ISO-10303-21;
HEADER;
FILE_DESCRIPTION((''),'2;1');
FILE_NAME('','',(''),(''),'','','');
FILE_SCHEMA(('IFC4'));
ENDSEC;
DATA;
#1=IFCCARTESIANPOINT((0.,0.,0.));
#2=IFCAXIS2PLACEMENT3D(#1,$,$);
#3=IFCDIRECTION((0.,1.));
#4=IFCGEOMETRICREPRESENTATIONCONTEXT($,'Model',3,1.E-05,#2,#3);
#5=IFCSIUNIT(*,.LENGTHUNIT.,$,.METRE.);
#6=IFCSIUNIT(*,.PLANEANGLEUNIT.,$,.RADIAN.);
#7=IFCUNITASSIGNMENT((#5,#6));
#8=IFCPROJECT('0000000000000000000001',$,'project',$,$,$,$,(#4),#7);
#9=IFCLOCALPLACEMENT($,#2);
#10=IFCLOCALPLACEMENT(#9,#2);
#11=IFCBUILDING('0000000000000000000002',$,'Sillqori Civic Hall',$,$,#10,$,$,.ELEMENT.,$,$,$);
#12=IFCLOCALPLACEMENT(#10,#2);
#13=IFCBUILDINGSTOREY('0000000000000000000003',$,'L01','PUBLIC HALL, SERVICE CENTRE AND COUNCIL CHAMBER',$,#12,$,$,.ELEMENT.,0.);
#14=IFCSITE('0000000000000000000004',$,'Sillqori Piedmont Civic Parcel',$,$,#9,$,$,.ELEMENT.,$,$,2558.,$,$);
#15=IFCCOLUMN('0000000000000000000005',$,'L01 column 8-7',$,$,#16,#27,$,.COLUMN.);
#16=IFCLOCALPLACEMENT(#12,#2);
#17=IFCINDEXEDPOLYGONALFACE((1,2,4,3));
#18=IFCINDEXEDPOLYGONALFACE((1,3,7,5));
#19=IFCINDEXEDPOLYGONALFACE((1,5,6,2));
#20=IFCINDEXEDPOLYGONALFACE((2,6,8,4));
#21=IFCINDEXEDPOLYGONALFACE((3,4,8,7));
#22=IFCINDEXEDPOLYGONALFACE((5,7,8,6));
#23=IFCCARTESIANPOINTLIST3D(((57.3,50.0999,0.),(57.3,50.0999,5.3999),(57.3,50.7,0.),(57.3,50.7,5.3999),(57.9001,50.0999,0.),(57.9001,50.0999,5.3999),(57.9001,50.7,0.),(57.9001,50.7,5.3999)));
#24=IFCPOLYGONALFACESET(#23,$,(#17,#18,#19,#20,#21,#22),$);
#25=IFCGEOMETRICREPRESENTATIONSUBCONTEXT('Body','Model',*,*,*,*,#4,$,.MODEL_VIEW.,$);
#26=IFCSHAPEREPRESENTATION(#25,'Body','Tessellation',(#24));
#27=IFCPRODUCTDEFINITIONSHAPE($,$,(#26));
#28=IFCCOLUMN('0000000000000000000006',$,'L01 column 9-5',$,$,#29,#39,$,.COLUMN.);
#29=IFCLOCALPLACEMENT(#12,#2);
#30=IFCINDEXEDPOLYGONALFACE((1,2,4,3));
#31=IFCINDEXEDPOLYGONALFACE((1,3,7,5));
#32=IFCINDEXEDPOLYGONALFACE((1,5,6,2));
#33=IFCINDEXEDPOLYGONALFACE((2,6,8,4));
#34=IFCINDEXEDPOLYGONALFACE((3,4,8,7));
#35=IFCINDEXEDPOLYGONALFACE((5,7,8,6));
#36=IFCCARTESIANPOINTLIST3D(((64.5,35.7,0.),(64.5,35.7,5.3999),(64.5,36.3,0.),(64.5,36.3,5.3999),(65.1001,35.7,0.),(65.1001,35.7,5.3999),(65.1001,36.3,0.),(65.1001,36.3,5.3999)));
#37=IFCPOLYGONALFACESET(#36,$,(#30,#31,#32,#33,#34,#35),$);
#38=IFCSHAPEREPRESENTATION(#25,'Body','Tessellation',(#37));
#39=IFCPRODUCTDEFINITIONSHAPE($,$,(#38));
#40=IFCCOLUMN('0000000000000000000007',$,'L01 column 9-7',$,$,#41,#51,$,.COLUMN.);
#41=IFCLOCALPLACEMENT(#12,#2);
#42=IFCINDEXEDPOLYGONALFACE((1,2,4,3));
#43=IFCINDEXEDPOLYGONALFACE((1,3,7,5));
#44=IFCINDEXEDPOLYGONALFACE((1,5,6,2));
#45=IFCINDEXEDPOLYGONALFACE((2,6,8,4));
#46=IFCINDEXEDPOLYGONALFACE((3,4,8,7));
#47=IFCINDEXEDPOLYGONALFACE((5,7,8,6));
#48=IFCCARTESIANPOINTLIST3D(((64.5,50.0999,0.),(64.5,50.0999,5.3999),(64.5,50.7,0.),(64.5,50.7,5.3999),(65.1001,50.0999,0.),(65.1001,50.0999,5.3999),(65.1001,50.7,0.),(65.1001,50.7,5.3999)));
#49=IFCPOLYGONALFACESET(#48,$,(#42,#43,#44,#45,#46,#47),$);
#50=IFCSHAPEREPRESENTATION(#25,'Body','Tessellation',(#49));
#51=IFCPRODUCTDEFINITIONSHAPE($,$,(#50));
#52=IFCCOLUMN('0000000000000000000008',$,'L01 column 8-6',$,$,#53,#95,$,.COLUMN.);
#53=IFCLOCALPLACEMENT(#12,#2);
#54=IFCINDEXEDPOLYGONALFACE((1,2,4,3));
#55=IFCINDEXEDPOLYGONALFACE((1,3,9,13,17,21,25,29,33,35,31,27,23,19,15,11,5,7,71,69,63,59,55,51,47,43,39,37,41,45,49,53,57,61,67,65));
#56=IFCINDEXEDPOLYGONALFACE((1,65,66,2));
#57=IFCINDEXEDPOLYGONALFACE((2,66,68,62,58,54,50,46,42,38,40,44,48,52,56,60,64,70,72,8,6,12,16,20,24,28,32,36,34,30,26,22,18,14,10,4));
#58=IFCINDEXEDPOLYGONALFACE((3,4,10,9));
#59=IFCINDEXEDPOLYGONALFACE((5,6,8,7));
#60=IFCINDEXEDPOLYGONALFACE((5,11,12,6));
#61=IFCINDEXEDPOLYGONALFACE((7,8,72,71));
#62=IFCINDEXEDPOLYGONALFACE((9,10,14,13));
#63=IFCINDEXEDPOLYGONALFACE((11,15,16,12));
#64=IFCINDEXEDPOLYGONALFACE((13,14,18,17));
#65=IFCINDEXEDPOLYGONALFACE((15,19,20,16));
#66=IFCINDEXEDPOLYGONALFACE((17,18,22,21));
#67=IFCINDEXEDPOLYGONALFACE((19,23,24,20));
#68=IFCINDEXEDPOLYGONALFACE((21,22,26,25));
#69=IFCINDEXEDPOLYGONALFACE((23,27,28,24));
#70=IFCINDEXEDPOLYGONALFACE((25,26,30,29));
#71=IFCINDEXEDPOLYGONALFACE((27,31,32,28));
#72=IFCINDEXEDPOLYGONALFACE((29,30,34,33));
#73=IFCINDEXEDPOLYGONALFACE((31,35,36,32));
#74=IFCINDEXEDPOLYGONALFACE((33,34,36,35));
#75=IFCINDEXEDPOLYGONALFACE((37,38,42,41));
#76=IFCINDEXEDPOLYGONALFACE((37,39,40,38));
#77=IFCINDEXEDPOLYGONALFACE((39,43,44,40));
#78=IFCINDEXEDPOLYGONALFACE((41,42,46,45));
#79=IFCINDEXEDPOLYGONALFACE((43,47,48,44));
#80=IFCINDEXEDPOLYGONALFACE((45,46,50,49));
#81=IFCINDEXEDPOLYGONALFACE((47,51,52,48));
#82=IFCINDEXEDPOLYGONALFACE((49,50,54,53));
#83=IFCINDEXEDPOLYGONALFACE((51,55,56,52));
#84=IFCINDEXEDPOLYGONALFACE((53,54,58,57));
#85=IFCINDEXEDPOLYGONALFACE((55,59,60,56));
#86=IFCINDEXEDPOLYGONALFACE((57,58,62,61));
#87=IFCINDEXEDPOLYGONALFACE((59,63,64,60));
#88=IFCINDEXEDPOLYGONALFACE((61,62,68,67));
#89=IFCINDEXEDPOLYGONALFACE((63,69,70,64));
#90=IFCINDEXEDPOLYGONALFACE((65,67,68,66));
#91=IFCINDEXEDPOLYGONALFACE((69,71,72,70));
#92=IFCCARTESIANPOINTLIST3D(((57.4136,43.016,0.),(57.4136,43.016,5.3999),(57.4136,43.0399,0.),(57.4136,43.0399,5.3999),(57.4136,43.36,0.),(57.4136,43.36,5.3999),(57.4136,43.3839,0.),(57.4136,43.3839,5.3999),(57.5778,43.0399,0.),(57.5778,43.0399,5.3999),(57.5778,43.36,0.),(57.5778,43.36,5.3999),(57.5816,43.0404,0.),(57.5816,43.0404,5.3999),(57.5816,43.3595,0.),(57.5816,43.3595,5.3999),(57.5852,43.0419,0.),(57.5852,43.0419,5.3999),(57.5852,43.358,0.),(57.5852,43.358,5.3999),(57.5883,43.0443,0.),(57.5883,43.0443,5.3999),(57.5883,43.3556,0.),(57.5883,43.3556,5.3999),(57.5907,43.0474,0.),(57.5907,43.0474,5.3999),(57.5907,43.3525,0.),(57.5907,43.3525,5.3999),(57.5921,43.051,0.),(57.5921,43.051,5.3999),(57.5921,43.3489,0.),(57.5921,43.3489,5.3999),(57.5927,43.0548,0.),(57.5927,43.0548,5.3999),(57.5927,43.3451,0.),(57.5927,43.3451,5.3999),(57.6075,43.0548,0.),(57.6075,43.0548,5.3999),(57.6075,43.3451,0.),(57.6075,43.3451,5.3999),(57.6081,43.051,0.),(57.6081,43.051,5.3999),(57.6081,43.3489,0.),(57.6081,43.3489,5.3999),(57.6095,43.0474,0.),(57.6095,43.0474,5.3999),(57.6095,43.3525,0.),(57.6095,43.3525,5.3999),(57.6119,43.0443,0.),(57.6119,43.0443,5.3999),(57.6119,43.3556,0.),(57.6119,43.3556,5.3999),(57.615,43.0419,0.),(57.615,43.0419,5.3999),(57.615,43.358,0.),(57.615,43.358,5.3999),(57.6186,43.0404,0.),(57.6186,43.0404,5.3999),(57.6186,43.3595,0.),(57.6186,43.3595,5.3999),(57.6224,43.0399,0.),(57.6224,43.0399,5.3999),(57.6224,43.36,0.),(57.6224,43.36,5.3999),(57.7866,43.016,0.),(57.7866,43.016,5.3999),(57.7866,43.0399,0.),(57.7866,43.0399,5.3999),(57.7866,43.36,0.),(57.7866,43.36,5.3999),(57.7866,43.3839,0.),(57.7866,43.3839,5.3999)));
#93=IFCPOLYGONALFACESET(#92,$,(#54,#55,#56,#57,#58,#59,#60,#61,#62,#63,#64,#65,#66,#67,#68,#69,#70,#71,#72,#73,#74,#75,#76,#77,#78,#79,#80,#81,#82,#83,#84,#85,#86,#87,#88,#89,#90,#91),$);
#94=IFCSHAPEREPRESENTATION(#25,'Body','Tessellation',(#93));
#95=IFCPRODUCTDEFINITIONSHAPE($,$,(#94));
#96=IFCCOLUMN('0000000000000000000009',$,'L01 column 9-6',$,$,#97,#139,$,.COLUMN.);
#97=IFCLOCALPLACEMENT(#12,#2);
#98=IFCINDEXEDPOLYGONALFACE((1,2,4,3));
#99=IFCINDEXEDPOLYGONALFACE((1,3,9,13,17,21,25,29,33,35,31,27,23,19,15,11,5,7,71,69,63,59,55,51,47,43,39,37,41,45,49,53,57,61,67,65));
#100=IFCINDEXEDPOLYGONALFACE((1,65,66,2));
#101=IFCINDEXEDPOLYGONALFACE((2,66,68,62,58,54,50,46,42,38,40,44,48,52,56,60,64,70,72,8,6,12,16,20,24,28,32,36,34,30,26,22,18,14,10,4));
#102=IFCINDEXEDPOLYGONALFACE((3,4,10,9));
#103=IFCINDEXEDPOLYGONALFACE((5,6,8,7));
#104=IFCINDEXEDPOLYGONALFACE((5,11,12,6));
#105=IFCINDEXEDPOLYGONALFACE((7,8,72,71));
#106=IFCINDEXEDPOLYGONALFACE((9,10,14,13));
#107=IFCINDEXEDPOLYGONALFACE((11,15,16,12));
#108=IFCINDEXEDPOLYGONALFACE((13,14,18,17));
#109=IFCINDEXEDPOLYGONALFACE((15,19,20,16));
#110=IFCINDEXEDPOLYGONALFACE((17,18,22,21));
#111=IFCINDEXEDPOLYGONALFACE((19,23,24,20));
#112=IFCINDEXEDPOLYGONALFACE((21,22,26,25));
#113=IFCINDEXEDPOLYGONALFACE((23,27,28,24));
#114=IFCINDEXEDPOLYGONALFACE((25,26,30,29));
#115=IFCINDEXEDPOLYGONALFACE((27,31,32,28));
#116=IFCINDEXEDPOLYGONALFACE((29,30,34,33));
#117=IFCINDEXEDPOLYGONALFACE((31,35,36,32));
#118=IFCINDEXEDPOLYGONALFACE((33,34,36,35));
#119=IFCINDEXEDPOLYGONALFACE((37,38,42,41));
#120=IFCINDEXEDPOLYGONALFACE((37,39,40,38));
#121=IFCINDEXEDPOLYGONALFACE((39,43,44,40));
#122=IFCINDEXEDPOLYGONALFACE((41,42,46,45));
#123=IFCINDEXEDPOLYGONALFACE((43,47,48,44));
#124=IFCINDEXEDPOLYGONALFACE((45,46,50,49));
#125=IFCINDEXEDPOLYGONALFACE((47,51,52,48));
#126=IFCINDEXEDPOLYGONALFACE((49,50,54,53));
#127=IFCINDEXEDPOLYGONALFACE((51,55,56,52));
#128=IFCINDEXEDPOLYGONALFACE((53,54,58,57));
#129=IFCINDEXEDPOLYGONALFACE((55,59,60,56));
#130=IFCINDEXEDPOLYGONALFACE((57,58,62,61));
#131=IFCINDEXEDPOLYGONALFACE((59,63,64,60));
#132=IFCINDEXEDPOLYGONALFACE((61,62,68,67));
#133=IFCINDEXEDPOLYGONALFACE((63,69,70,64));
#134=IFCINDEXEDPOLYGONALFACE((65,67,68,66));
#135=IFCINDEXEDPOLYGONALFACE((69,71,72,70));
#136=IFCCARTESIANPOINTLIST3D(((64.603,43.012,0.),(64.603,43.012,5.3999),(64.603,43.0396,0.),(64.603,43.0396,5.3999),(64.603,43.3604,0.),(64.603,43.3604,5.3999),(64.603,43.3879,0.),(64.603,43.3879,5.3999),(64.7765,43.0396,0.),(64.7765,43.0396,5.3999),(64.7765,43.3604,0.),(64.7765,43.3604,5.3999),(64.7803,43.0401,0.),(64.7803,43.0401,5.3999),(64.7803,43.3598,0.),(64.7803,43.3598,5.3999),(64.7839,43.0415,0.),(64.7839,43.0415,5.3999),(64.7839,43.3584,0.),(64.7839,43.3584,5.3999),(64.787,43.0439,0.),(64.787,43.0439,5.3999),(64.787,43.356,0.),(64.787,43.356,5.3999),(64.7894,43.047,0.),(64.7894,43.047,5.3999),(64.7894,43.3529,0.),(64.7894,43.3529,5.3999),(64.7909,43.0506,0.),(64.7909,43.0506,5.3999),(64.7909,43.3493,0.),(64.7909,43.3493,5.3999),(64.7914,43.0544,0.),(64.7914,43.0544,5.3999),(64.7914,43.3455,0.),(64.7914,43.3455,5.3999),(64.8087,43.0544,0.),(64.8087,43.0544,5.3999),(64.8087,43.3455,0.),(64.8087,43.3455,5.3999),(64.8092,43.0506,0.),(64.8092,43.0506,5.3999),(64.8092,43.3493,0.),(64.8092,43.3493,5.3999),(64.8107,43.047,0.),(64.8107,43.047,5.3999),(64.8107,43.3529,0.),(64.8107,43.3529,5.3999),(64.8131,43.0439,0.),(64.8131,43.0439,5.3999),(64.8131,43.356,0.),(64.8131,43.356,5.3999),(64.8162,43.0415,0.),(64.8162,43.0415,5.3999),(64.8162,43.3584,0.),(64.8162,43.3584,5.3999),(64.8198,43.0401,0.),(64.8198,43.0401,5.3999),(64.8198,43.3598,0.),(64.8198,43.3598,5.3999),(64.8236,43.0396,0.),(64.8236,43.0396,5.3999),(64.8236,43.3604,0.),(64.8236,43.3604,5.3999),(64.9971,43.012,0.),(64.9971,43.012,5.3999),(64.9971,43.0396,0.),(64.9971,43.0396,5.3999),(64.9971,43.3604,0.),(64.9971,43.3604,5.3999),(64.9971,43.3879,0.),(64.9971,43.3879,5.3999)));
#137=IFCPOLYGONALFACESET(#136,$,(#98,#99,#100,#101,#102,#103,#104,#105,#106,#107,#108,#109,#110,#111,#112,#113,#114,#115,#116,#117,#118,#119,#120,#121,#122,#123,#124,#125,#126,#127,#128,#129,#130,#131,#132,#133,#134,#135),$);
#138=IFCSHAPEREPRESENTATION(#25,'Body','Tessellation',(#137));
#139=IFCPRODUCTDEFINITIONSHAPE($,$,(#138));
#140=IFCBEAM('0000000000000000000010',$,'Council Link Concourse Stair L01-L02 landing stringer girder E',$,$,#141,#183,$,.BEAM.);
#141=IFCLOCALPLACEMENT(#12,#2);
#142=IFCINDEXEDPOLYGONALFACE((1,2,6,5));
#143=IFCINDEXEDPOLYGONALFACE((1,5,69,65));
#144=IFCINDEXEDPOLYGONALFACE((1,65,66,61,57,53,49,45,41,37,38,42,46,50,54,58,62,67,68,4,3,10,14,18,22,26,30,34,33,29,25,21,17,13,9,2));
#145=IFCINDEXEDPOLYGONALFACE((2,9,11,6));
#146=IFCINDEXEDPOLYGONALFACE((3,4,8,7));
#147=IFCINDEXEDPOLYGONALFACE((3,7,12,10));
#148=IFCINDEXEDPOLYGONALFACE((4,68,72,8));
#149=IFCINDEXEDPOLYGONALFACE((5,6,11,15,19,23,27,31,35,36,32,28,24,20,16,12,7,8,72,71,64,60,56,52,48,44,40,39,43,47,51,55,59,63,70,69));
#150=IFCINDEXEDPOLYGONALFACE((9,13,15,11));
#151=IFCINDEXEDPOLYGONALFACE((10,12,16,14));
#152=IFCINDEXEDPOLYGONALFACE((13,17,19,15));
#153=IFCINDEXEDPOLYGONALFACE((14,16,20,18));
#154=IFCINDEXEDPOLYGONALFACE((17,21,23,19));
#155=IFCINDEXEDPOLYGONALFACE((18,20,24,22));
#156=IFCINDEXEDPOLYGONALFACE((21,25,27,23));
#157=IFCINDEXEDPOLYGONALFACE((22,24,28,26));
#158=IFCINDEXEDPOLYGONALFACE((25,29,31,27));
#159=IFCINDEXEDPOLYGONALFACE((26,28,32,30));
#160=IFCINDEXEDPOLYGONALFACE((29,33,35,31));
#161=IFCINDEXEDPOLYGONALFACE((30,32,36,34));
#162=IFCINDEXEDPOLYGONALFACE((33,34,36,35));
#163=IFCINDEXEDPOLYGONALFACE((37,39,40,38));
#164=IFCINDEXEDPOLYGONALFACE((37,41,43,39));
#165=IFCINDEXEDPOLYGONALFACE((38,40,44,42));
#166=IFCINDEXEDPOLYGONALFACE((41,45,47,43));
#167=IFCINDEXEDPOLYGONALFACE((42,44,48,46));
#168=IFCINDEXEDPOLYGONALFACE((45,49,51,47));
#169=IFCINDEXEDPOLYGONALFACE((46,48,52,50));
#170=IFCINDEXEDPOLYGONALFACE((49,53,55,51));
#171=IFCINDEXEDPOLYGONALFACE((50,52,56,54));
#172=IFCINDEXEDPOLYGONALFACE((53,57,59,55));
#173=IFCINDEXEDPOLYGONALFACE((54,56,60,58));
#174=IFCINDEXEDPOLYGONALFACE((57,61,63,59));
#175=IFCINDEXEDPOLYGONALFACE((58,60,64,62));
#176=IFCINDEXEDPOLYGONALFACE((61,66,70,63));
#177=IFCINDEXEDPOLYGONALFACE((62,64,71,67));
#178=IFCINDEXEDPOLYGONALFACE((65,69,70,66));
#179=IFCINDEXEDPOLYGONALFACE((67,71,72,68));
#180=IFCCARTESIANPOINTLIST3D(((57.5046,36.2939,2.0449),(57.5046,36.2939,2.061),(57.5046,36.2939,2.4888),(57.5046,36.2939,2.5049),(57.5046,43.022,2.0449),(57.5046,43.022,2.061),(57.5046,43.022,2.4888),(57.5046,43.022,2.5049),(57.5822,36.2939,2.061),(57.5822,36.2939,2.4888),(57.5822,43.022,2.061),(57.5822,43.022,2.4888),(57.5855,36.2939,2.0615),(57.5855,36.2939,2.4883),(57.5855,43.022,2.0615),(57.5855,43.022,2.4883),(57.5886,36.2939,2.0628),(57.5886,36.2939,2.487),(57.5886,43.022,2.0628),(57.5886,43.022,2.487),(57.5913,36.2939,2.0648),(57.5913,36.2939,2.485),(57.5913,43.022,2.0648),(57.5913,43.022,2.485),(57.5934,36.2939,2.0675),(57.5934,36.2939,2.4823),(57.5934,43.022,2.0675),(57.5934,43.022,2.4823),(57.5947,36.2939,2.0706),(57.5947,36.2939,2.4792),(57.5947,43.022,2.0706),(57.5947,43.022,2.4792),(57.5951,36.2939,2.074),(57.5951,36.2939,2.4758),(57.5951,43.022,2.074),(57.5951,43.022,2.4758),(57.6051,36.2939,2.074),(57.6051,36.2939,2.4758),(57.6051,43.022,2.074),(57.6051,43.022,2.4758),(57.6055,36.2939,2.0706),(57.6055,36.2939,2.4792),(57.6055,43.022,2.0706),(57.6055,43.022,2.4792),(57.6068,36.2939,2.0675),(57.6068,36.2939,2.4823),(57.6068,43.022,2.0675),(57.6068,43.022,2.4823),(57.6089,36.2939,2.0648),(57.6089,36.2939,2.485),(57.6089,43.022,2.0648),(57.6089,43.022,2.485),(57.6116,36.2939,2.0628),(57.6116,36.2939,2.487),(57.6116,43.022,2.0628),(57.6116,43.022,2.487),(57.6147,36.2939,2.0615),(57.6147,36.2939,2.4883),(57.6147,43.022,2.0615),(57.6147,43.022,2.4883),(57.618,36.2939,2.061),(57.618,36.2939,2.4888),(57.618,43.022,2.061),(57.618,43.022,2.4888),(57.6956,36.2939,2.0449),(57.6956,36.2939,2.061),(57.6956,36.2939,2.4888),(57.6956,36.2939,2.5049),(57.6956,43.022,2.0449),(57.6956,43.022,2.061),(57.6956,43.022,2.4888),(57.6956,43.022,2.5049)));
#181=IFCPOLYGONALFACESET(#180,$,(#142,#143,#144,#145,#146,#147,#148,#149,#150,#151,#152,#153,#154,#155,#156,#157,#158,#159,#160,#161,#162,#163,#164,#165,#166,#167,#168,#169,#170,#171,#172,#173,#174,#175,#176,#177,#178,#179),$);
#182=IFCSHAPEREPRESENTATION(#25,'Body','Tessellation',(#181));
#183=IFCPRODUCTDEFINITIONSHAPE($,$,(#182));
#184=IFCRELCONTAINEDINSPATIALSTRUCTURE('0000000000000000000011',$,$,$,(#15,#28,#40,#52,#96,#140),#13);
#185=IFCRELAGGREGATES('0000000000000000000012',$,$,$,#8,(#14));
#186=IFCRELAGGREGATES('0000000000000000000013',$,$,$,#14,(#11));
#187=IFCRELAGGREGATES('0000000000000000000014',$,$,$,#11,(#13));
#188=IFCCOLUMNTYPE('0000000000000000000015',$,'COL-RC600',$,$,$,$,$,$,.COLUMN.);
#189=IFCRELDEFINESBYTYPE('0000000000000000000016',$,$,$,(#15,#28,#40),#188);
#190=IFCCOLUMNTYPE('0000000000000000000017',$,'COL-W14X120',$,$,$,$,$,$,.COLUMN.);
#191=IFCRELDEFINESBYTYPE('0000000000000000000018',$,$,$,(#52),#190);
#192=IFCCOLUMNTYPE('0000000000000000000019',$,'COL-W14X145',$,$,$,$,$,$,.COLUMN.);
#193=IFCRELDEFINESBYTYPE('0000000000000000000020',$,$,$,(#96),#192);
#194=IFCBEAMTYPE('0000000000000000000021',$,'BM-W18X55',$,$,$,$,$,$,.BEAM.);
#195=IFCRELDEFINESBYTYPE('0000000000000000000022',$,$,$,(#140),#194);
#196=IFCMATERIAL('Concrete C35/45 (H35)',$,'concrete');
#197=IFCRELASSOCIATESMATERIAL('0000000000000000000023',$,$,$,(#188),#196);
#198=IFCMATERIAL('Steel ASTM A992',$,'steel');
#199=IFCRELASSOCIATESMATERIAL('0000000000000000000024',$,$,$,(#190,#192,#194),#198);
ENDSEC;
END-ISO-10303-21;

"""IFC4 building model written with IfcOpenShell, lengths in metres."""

from ifc_helpers import new_model, si_unit, direction, frame, origin, origin_2d, place, context, subcontext, project, spatial, rectangle, i_section, extrude, material, material_profile, profile_set, type_object, element, save


model = new_model("IFC4")

# Units and contexts
model_context = context("Model", 3, precision=1e-05, world=origin(), true_north=direction((0.0, 1.0)))
body_context = subcontext(model_context, "Body", "Model", "MODEL_VIEW")
ifc_project = project(units=[si_unit("LENGTHUNIT", "METRE"), si_unit("PLANEANGLEUNIT", "RADIAN")], contexts=[model_context])

# Site, building, storey
site_placement = place(None, origin())
site = spatial("IfcSite", under=ifc_project, at=site_placement, Name="Sillqori Piedmont Civic Parcel", CompositionType="ELEMENT", RefElevation=2558.0)
building_placement = place(site_placement, origin())
building = spatial("IfcBuilding", under=site, at=building_placement, Name="Sillqori Civic Hall", CompositionType="ELEMENT")
storey_placement = place(building_placement, origin())
storey = spatial("IfcBuildingStorey", under=building, at=storey_placement, Name="L01", Description="PUBLIC HALL, SERVICE CENTRE AND COUNCIL CHAMBER", CompositionType="ELEMENT", Elevation=0.0)

# Columns
ifc_material_1 = material(Name="Concrete C35/45 (H35)", Category="concrete")
ifc_material_profile_1 = material_profile(ifc_material_1, rectangle(XDim=0.6001, YDim=0.6001, at=origin_2d()), Name="RC 600x600")
ifc_profile_set_1 = profile_set([ifc_material_profile_1], Name="Concrete C35/45 (H35)")
column_type_1 = type_object("IfcColumnType", Name="COL-RC600", PredefinedType="COLUMN", material=ifc_profile_set_1)
for number, where, z_axis, x_axis, name in (
    (1, (57.6001, 50.3999, 0.0), (0.0, 0.0, 1.0), (1.0, 0.0, 0.0), "L01 column 8-7"),
    (2, (64.8, 36.0, 0.0), (0.0, 0.0, 1.0), (1.0, 0.0, 0.0), "L01 column 9-5"),
    (3, (64.8, 50.3999, 0.0), (0.0, 0.0, 1.0), (1.0, 0.0, 0.0), "L01 column 9-7"),
):
    element("IfcColumn", number, at=place(storey_placement, frame(where, z_axis=z_axis, x_axis=x_axis)), inside=storey, type_object=column_type_1, Name=name, PredefinedType="COLUMN", context=body_context, shape_type="SweptSolid", body=[
        extrude(rectangle(XDim=0.6001, YDim=0.6001, at=origin_2d()), origin(), (0.0, 0.0, 1.0), 5.3999),
    ])
ifc_material_2 = material(Name="Steel ASTM A992", Category="steel")
ifc_material_profile_2 = material_profile(ifc_material_2, i_section(OverallWidth=0.373, OverallDepth=0.3679, WebThickness=0.0149, FlangeThickness=0.0239, FilletRadius=0.0149, at=origin_2d()), Name="W14X120")
ifc_profile_set_2 = profile_set([ifc_material_profile_2], Name="Steel ASTM A992")
column_type_2 = type_object("IfcColumnType", Name="COL-W14X120", PredefinedType="COLUMN", material=ifc_profile_set_2)
column_1_placement = place(storey_placement, frame((57.6001, 43.2, 0.0), z_axis=(0.0, 0.0, 1.0), x_axis=(1.0, 0.0, 0.0)))
element("IfcColumn", 4, at=column_1_placement, inside=storey, type_object=column_type_2, Name="L01 column 8-6", PredefinedType="COLUMN", context=body_context, shape_type="SweptSolid", body=[
    extrude(i_section(OverallWidth=0.373, OverallDepth=0.3679, WebThickness=0.0149, FlangeThickness=0.0239, FilletRadius=0.0149, at=origin_2d()), origin(), (0.0, 0.0, 1.0), 5.3999),
])
ifc_material_profile_3 = material_profile(ifc_material_2, i_section(OverallWidth=0.394, OverallDepth=0.376, WebThickness=0.0173, FlangeThickness=0.0276, FilletRadius=0.0149, at=origin_2d()), Name="W14X145")
ifc_profile_set_3 = profile_set([ifc_material_profile_3], Name="Steel ASTM A992")
column_type_3 = type_object("IfcColumnType", Name="COL-W14X145", PredefinedType="COLUMN", material=ifc_profile_set_3)
column_2_placement = place(storey_placement, frame((64.8, 43.2, 0.0), z_axis=(0.0, 0.0, 1.0), x_axis=(1.0, 0.0, 0.0)))
element("IfcColumn", 5, at=column_2_placement, inside=storey, type_object=column_type_3, Name="L01 column 9-6", PredefinedType="COLUMN", context=body_context, shape_type="SweptSolid", body=[
    extrude(i_section(OverallWidth=0.394, OverallDepth=0.376, WebThickness=0.0173, FlangeThickness=0.0276, FilletRadius=0.0149, at=origin_2d()), origin(), (0.0, 0.0, 1.0), 5.3999),
])

# Beam
ifc_material_profile_4 = material_profile(ifc_material_2, i_section(OverallWidth=0.1909, OverallDepth=0.46, WebThickness=0.01, FlangeThickness=0.0161, FilletRadius=0.0129, at=origin_2d()), Name="W18X55")
ifc_profile_set_4 = profile_set([ifc_material_profile_4], Name="Steel ASTM A992")
beam_type_1 = type_object("IfcBeamType", Name="BM-W18X55", PredefinedType="BEAM", material=ifc_profile_set_4)
beam_1_placement = place(storey_placement, frame((57.6001, 36.2939, 2.2749), z_axis=(0.0, 1.0, 0.0), x_axis=(-1.0, 0.0, 0.0)))
element("IfcBeam", 6, at=beam_1_placement, inside=storey, type_object=beam_type_1, Name="Council Link Concourse Stair L01-L02 landing stringer girder E", PredefinedType="BEAM", context=body_context, shape_type="SweptSolid", body=[
    extrude(i_section(OverallWidth=0.1909, OverallDepth=0.46, WebThickness=0.01, FlangeThickness=0.0161, FilletRadius=0.0129, at=origin_2d()), origin(), (0.0, 0.0, 1.0), 6.728),
])

save(model, "model.ifc")
